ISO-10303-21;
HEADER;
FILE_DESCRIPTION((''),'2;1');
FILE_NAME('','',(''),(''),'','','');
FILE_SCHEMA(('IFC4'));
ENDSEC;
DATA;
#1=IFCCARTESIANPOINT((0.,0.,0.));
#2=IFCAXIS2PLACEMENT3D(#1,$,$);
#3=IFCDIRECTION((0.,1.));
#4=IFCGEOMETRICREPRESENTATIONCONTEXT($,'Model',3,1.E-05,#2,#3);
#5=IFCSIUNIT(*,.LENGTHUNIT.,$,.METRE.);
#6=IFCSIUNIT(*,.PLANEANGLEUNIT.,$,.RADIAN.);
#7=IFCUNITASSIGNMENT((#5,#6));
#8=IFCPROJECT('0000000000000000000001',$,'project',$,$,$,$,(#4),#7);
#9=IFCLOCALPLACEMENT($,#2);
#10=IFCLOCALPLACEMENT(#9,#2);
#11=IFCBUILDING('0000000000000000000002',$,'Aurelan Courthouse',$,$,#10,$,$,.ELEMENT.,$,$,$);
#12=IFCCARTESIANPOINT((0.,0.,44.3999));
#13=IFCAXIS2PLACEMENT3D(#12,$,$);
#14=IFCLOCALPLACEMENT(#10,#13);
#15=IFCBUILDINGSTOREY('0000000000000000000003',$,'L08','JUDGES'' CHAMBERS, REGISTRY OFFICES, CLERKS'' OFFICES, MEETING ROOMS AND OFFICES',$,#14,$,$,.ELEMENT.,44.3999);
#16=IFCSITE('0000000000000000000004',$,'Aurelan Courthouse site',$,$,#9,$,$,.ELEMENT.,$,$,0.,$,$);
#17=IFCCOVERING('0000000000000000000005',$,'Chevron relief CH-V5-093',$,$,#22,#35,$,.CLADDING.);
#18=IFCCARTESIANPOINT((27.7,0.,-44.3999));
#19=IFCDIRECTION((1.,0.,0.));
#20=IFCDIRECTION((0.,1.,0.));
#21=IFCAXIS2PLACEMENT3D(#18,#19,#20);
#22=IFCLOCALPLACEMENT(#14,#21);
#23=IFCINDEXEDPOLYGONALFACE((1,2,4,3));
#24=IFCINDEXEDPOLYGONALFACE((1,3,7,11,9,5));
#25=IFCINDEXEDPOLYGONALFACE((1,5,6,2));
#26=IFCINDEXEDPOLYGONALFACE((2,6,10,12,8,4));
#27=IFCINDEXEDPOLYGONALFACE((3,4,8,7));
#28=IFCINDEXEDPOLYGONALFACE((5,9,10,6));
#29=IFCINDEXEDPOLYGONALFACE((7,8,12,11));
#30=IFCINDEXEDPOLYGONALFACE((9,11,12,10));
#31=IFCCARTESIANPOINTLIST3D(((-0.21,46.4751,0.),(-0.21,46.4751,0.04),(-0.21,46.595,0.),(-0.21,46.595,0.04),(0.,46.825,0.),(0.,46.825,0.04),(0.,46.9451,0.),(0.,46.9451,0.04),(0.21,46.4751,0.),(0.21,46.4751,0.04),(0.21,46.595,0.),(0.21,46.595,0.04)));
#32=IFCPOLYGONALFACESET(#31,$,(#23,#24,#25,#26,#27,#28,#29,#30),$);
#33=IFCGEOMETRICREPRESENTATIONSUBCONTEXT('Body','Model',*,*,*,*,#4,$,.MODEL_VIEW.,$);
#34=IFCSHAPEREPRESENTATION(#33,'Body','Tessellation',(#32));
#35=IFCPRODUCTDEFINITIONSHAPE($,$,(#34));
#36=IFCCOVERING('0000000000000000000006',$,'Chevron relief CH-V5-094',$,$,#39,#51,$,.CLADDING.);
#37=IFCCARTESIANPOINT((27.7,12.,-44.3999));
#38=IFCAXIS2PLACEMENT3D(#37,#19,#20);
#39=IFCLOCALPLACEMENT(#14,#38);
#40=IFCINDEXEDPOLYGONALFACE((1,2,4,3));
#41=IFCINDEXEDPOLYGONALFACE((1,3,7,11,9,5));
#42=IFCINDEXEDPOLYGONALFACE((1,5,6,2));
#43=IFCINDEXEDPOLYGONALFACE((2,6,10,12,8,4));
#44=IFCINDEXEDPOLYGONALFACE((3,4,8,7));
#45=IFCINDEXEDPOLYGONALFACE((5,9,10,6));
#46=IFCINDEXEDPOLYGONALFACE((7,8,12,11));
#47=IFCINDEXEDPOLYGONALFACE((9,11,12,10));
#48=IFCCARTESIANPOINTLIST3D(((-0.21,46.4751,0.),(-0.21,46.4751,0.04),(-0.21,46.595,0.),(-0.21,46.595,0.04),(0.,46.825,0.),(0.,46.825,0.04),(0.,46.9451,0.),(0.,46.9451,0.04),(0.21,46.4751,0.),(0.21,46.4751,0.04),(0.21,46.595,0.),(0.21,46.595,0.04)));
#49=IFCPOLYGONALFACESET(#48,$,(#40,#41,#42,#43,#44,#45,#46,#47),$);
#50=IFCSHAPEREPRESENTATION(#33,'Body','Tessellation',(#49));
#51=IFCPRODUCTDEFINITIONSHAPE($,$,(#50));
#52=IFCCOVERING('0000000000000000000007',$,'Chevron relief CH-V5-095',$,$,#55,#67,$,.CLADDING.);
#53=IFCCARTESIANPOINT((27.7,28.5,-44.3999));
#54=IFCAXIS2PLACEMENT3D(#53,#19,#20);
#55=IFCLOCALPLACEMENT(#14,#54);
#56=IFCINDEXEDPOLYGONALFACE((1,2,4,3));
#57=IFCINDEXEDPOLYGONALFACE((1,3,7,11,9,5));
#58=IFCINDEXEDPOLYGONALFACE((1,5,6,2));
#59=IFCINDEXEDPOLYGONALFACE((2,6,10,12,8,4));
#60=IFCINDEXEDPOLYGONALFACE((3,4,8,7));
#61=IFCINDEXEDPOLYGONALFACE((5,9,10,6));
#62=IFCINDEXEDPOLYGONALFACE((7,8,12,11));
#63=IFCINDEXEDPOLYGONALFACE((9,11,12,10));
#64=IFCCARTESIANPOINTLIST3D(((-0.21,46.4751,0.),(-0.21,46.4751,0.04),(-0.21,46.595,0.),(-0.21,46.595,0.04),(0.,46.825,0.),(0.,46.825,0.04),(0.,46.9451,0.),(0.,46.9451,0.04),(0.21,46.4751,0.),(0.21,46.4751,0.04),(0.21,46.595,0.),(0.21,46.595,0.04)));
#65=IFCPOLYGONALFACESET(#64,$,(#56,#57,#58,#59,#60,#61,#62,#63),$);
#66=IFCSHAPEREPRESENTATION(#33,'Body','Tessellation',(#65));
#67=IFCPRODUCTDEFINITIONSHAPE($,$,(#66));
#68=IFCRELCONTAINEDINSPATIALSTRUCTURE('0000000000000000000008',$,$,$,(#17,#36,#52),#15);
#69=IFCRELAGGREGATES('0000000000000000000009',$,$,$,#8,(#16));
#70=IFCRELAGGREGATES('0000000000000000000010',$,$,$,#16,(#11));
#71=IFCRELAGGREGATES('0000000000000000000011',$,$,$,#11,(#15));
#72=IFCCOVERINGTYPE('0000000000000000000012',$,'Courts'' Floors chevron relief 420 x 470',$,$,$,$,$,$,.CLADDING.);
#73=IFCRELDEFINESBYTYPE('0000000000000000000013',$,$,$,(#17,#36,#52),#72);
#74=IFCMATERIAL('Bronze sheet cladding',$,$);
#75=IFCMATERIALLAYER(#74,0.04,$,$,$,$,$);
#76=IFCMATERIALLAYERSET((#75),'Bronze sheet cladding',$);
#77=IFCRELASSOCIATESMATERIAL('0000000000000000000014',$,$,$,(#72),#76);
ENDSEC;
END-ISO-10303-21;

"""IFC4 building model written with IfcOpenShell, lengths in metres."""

from ifc_helpers import new_model, si_unit, direction, frame, origin, place, context, subcontext, project, spatial, polyline, outline, extrude, material, layer, layer_set, type_object, element, save


model = new_model("IFC4")

# Units and contexts
model_context = context("Model", 3, precision=1e-05, world=origin(), true_north=direction((0.0, 1.0)))
body_context = subcontext(model_context, "Body", "Model", "MODEL_VIEW")
ifc_project = project(units=[si_unit("LENGTHUNIT", "METRE"), si_unit("PLANEANGLEUNIT", "RADIAN")], contexts=[model_context])

# Site, building, storey
site_placement = place(None, origin())
site = spatial("IfcSite", under=ifc_project, at=site_placement, Name="Aurelan Courthouse site", CompositionType="ELEMENT", RefElevation=0.0)
building_placement = place(site_placement, origin())
building = spatial("IfcBuilding", under=site, at=building_placement, Name="Aurelan Courthouse", CompositionType="ELEMENT")
storey_placement = place(building_placement, frame((0.0, 0.0, 44.3999)))
storey = spatial("IfcBuildingStorey", under=building, at=storey_placement, Name="L08", Description="JUDGES' CHAMBERS, REGISTRY OFFICES, CLERKS' OFFICES, MEETING ROOMS AND OFFICES", CompositionType="ELEMENT", Elevation=44.3999)

# Coverings
ifc_material_1 = material(Name="Bronze sheet cladding")
ifc_layer_1 = layer(ifc_material_1, 0.04)
ifc_layer_set_1 = layer_set([ifc_layer_1], Name="Bronze sheet cladding")
covering_type_1 = type_object("IfcCoveringType", Name="Courts' Floors chevron relief 420 x 470", PredefinedType="CLADDING", material=ifc_layer_set_1)
for number, where, z_axis, x_axis, name in (
    (1, (27.7, 0.0, -44.3999), (1.0, 0.0, 0.0), (0.0, 1.0, 0.0), "Chevron relief CH-V5-093"),
    (2, (27.7, 12.0, -44.3999), (1.0, 0.0, 0.0), (0.0, 1.0, 0.0), "Chevron relief CH-V5-094"),
    (3, (27.7, 28.5, -44.3999), (1.0, 0.0, 0.0), (0.0, 1.0, 0.0), "Chevron relief CH-V5-095"),
):
    element("IfcCovering", number, at=place(storey_placement, frame(where, z_axis=z_axis, x_axis=x_axis)), inside=storey, type_object=covering_type_1, Name=name, PredefinedType="CLADDING", context=body_context, shape_type="SweptSolid", body=[
        extrude(outline(polyline([(-0.21, 46.4751), (0.0, 46.825), (0.21, 46.4751), (0.21, 46.595), (0.0, 46.9451), (-0.21, 46.595), (-0.21, 46.4751)])), origin(), (0.0, 0.0, 1.0), 0.04),
    ])

save(model, "model.ifc")
